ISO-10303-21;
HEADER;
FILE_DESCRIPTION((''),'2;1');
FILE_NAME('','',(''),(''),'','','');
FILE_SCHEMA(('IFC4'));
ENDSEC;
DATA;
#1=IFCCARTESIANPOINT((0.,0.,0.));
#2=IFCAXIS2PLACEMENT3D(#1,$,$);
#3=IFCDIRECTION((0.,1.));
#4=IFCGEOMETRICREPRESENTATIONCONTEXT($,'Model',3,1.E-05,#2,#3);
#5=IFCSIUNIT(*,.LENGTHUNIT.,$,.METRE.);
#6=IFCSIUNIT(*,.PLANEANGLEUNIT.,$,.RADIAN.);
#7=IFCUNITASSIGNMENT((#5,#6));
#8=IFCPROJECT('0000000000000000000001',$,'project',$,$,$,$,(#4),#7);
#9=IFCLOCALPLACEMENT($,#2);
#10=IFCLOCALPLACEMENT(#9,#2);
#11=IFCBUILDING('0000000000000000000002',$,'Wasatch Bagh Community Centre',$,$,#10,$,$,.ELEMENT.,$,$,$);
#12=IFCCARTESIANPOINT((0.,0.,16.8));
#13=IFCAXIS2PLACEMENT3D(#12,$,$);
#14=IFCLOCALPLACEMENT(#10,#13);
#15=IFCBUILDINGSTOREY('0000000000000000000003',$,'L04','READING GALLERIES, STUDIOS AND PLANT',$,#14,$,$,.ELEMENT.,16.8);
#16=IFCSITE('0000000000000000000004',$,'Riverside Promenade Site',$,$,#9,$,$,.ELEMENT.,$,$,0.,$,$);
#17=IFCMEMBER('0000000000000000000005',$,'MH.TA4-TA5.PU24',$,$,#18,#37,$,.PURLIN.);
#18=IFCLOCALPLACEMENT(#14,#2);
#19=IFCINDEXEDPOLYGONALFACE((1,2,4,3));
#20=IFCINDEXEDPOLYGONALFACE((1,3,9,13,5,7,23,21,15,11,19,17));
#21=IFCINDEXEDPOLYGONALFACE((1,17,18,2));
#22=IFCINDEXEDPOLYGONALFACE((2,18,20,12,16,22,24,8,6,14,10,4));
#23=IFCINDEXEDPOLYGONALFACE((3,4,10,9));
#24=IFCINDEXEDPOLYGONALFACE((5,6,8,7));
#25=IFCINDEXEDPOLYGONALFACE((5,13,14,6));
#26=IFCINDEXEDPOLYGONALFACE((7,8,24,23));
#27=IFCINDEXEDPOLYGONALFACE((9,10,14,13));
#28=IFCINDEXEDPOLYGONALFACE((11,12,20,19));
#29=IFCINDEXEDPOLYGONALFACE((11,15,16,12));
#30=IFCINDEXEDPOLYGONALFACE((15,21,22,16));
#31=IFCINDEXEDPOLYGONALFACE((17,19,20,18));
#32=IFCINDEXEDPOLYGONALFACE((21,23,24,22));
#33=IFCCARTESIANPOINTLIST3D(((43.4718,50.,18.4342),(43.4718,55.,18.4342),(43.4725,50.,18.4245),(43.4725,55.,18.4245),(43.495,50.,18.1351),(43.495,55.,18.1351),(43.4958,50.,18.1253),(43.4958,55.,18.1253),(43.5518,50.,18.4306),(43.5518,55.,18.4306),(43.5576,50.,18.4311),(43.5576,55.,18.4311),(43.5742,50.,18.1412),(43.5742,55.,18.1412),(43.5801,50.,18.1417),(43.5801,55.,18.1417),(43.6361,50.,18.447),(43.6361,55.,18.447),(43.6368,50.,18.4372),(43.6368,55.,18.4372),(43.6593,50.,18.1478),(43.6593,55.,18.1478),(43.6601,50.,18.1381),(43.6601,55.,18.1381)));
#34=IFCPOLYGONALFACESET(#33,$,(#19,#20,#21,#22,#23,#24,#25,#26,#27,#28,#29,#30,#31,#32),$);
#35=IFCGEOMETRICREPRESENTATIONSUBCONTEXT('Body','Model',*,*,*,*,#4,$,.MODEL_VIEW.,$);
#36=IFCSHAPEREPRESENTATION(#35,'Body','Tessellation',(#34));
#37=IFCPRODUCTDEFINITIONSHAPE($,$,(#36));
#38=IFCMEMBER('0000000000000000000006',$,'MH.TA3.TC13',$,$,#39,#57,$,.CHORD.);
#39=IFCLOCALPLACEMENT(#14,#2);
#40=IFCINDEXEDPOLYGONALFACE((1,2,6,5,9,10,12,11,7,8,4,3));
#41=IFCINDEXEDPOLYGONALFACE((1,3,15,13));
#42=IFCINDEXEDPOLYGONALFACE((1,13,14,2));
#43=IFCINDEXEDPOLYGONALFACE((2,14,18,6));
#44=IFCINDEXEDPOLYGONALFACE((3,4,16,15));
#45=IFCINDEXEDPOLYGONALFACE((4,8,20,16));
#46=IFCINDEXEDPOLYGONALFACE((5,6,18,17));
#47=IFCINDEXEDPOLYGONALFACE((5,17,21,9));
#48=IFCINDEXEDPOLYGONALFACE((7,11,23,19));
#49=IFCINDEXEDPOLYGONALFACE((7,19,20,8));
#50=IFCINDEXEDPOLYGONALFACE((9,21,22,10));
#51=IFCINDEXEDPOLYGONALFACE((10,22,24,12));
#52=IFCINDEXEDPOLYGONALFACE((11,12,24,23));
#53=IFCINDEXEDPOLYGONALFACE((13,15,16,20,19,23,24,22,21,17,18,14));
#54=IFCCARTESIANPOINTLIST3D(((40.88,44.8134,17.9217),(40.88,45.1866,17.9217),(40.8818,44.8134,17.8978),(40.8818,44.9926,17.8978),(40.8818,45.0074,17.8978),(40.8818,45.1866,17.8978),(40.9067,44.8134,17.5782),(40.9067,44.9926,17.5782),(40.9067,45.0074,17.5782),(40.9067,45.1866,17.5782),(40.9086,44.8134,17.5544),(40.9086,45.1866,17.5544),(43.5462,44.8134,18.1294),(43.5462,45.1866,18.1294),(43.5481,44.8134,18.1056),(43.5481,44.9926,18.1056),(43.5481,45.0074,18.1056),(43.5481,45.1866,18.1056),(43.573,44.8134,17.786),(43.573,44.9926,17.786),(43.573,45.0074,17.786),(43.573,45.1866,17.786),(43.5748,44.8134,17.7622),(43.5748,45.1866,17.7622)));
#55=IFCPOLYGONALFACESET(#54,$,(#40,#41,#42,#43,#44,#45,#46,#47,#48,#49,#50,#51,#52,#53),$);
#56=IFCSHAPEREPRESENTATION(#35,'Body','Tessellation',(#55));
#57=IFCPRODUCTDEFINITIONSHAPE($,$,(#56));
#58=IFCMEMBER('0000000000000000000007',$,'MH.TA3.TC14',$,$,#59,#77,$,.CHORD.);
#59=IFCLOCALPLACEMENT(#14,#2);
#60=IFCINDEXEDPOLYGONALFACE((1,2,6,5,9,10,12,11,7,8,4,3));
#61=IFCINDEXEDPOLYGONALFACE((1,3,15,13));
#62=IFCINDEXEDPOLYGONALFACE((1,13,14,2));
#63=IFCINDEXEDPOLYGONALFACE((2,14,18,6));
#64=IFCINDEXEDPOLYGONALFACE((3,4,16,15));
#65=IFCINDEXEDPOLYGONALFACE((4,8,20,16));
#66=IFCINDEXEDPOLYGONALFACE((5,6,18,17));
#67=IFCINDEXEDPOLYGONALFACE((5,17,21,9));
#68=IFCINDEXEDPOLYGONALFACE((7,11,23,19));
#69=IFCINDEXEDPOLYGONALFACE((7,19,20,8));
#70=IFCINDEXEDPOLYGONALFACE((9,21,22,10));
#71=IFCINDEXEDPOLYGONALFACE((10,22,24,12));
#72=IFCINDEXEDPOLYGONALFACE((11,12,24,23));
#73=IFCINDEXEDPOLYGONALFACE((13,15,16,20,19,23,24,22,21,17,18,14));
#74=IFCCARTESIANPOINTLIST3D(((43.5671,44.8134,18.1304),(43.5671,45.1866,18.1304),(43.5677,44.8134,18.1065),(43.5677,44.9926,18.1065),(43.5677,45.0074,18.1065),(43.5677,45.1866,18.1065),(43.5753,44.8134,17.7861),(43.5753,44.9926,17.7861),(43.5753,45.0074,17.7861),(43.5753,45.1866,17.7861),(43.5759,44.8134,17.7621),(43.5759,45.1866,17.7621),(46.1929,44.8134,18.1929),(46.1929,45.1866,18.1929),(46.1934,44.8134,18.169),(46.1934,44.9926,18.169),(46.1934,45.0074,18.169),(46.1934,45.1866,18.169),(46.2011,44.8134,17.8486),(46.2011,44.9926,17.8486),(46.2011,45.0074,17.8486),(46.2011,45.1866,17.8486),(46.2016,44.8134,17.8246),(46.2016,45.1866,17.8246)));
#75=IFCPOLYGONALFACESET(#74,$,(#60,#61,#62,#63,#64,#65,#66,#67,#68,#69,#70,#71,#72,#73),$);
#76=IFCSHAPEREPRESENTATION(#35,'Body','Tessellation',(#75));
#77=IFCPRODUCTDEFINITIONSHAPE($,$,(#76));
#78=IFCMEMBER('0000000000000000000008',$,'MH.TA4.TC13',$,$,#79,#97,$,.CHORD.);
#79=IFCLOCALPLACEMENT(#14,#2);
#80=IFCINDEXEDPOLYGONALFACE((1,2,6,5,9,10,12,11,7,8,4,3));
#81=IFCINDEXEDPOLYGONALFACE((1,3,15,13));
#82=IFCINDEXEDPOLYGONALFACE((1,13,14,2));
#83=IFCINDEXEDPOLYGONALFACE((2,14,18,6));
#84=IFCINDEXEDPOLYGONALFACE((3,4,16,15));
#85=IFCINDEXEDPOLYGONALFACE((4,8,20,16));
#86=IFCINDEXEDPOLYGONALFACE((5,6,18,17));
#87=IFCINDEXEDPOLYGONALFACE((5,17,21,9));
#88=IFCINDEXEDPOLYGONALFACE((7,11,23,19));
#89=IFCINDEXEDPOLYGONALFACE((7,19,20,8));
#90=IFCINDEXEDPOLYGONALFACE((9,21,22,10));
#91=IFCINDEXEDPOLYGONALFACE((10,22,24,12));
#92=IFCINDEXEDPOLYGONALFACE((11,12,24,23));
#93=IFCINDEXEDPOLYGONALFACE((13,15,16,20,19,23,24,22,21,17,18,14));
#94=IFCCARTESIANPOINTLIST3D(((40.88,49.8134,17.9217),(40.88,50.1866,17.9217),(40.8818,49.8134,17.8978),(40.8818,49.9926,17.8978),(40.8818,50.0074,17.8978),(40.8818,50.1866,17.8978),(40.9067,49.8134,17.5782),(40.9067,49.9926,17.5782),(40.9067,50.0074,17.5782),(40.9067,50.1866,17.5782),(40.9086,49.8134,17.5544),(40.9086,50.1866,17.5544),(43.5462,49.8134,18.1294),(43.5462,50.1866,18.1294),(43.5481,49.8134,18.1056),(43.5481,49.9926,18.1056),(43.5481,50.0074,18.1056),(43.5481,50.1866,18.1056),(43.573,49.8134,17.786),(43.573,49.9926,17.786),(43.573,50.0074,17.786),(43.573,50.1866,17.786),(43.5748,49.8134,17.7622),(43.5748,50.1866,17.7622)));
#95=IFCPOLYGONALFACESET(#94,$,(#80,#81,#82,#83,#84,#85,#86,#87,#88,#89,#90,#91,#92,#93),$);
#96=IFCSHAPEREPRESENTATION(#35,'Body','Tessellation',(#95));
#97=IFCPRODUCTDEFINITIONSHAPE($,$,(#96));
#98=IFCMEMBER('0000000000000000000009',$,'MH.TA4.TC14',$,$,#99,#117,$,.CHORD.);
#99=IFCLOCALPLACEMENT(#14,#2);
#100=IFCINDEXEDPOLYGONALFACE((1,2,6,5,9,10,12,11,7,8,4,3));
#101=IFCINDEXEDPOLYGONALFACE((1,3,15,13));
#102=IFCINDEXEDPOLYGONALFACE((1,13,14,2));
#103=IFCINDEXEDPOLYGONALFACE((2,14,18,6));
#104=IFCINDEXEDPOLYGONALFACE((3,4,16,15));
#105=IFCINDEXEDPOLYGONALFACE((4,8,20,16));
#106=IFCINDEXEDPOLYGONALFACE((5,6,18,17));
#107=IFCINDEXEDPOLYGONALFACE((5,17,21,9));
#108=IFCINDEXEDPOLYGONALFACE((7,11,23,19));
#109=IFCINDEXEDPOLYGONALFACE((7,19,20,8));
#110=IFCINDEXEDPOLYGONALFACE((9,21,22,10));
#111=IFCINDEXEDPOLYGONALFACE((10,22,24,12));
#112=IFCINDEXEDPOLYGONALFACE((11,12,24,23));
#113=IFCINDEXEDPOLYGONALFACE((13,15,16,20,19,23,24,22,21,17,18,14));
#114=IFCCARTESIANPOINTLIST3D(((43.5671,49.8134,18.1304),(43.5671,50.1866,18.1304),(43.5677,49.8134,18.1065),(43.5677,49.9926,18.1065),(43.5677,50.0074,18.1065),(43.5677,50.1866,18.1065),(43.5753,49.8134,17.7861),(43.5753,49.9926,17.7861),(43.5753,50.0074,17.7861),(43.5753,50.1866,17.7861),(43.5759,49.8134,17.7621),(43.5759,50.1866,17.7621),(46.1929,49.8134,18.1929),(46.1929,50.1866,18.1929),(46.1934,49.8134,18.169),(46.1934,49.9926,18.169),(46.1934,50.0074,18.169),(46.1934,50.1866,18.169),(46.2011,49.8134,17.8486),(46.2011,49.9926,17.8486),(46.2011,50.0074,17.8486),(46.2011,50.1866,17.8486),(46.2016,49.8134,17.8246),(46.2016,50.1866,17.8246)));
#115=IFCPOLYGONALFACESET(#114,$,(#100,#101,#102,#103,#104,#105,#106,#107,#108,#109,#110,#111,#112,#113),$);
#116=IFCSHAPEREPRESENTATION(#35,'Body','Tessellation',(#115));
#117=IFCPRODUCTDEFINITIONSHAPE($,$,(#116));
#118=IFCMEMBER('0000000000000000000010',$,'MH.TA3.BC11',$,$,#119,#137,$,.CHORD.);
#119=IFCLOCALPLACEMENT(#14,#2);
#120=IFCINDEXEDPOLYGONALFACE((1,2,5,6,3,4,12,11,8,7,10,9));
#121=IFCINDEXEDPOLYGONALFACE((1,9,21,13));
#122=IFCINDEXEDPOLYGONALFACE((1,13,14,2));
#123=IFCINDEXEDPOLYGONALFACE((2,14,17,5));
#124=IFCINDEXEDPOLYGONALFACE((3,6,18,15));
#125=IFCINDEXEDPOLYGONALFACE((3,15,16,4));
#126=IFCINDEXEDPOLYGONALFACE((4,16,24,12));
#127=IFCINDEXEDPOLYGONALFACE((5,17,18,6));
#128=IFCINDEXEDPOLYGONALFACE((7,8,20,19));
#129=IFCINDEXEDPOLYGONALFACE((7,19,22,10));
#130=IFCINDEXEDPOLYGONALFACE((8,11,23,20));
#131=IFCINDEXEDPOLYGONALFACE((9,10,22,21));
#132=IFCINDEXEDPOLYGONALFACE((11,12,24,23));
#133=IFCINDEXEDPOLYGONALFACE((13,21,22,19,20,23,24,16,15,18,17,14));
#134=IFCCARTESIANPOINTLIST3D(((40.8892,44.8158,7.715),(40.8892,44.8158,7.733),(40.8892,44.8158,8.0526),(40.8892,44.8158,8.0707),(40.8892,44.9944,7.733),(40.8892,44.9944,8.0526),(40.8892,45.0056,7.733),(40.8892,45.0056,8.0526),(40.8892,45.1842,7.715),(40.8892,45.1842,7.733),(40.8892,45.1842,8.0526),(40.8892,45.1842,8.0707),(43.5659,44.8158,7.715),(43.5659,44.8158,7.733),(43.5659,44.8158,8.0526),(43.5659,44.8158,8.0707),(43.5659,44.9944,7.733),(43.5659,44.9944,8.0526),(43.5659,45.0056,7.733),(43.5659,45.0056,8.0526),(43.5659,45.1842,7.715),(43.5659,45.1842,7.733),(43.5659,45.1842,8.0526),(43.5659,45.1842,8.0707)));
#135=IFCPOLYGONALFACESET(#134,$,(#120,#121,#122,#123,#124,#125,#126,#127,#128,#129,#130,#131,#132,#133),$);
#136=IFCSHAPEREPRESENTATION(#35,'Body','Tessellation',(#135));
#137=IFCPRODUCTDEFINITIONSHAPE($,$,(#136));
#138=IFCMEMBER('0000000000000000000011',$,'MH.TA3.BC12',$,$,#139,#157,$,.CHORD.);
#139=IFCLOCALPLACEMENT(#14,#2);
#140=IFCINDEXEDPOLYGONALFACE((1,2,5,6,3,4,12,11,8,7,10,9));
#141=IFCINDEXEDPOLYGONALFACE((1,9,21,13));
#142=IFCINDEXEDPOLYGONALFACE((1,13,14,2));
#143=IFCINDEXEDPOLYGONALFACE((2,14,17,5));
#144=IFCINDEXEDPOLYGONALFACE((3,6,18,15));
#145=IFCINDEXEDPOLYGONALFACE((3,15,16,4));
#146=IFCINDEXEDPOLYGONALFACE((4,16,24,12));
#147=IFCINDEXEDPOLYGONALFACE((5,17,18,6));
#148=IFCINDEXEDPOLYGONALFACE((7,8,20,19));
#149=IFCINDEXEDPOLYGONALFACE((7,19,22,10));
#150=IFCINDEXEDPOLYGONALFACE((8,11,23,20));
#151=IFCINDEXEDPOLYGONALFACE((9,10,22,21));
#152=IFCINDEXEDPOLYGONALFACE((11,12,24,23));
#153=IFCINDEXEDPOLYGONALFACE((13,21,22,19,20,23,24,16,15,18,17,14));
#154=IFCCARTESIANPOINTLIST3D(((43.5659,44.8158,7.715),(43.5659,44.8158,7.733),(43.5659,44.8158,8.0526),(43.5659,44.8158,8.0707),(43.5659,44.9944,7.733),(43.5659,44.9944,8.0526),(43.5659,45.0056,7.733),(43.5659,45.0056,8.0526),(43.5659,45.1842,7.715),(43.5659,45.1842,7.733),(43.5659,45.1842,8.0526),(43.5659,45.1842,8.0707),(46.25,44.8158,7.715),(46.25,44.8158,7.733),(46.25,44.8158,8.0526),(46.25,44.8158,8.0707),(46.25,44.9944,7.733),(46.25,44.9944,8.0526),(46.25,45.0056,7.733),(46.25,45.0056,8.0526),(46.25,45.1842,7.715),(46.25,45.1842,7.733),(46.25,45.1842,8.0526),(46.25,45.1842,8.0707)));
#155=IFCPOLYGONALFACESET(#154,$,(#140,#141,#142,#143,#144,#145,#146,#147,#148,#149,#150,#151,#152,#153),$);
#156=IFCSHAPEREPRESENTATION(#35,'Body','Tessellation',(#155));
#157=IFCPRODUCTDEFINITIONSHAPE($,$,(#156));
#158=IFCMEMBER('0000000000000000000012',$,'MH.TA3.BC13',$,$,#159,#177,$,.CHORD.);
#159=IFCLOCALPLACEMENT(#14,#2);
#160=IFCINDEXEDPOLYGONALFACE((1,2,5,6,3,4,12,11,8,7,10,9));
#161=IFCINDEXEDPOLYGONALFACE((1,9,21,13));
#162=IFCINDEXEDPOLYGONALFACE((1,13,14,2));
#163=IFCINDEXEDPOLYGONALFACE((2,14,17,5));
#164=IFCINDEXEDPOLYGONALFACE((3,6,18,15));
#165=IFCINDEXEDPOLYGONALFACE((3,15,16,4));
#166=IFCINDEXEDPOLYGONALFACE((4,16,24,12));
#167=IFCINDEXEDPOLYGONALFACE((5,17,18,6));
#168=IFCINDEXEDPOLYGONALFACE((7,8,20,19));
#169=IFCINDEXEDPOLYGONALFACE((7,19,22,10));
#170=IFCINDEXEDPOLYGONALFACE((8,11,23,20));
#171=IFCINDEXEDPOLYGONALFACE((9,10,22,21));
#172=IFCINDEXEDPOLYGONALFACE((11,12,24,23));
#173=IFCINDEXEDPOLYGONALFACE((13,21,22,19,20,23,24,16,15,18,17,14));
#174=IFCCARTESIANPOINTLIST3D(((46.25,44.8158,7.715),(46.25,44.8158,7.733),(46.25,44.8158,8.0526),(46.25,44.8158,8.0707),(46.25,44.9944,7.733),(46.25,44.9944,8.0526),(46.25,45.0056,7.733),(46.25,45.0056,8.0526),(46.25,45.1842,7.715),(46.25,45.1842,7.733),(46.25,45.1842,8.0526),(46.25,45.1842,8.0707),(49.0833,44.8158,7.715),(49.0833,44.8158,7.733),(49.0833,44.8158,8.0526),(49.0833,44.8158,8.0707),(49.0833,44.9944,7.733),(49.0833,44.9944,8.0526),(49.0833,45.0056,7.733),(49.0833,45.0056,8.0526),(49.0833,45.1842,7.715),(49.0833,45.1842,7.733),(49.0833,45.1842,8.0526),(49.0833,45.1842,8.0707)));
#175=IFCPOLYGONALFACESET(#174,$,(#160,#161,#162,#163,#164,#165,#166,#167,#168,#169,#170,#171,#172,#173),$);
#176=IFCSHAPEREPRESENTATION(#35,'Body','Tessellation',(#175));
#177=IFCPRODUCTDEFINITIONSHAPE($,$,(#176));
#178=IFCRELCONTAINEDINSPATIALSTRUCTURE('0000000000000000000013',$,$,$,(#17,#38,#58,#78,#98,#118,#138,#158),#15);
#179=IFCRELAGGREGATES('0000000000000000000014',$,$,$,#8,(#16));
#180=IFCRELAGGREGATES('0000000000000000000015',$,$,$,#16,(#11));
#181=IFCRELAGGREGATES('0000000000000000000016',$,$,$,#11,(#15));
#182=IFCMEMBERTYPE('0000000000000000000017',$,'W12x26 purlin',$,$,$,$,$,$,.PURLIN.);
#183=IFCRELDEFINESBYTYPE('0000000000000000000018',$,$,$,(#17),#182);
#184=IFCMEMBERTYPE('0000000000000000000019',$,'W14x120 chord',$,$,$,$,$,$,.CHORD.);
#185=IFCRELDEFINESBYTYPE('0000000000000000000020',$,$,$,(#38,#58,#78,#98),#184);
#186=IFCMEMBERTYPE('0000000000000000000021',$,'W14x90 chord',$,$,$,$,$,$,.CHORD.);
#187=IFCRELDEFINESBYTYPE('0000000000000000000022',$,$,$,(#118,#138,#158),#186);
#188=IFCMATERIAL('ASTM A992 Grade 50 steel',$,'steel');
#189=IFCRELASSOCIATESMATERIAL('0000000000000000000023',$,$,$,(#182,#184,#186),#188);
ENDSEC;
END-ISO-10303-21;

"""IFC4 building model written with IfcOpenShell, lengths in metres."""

from ifc_helpers import new_model, si_unit, direction, frame, origin, origin_2d, place, context, subcontext, project, spatial, i_section, extrude, material, material_profile, profile_set, type_object, element, save


model = new_model("IFC4")

# Units and contexts
model_context = context("Model", 3, precision=1e-05, world=origin(), true_north=direction((0.0, 1.0)))
body_context = subcontext(model_context, "Body", "Model", "MODEL_VIEW")
ifc_project = project(units=[si_unit("LENGTHUNIT", "METRE"), si_unit("PLANEANGLEUNIT", "RADIAN")], contexts=[model_context])

# Site, building, storey
site_placement = place(None, origin())
site = spatial("IfcSite", under=ifc_project, at=site_placement, Name="Riverside Promenade Site", CompositionType="ELEMENT", RefElevation=0.0)
building_placement = place(site_placement, origin())
building = spatial("IfcBuilding", under=site, at=building_placement, Name="Wasatch Bagh Community Centre", CompositionType="ELEMENT")
storey_placement = place(building_placement, frame((0.0, 0.0, 16.8)))
storey = spatial("IfcBuildingStorey", under=building, at=storey_placement, Name="L04", Description="READING GALLERIES, STUDIOS AND PLANT", CompositionType="ELEMENT", Elevation=16.8)

# Members
ifc_material_1 = material(Name="ASTM A992 Grade 50 steel", Category="steel")
ifc_material_profile_1 = material_profile(ifc_material_1, i_section(OverallWidth=0.1648, OverallDepth=0.3098, WebThickness=0.0059, FlangeThickness=0.0098, at=origin_2d()), Name="W12x26")
ifc_profile_set_1 = profile_set([ifc_material_profile_1], Name="ASTM A992 Grade 50 steel")
member_type_1 = type_object("IfcMemberType", Name="W12x26 purlin", PredefinedType="PURLIN", material=ifc_profile_set_1)
for number, where, z_axis, x_axis, name in (
    (1, (43.5659, 50.0, 18.2861), (0.0, 1.0, 0.0), (-0.997002, 0.0, -0.077382), "MH.TA4-TA5.PU24"),
):
    element("IfcMember", number, at=place(storey_placement, frame(where, z_axis=z_axis, x_axis=x_axis)), inside=storey, type_object=member_type_1, Name=name, PredefinedType="PURLIN", context=body_context, shape_type="SweptSolid", body=[
        extrude(i_section(OverallWidth=0.1648, OverallDepth=0.3098, WebThickness=0.0059, FlangeThickness=0.0098, at=origin_2d()), origin(), (0.0, 0.0, 1.0), 5.0),
    ])
ifc_material_profile_2 = material_profile(ifc_material_1, i_section(OverallWidth=0.3733, OverallDepth=0.3684, WebThickness=0.0149, FlangeThickness=0.0239, at=origin_2d()), Name="W14x120")
ifc_profile_set_2 = profile_set([ifc_material_profile_2], Name="ASTM A992 Grade 50 steel")
member_type_2 = type_object("IfcMemberType", Name="W14x120 chord", PredefinedType="CHORD", material=ifc_profile_set_2)
member_1_placement = place(storey_placement, frame((40.8943, 45.0, 17.738), z_axis=(0.996978, 0.0, 0.077688), x_axis=(0.0, 1.0, 0.0)))
element("IfcMember", 2, at=member_1_placement, inside=storey, type_object=member_type_2, Name="MH.TA3.TC13", PredefinedType="CHORD", context=body_context, shape_type="SweptSolid", body=[
    extrude(i_section(OverallWidth=0.3733, OverallDepth=0.3684, WebThickness=0.0149, FlangeThickness=0.0239, at=origin_2d()), origin(), (0.0, 0.0, 1.0), 2.6743),
])
member_2_placement = place(storey_placement, frame((43.5715, 45.0, 17.9463), z_axis=(0.999717, 0.0, 0.023796), x_axis=(0.0, 1.0, 0.0)))
element("IfcMember", 3, at=member_2_placement, inside=storey, type_object=member_type_2, Name="MH.TA3.TC14", PredefinedType="CHORD", context=body_context, shape_type="SweptSolid", body=[
    extrude(i_section(OverallWidth=0.3733, OverallDepth=0.3684, WebThickness=0.0149, FlangeThickness=0.0239, at=origin_2d()), origin(), (0.0, 0.0, 1.0), 2.6265),
])
member_3_placement = place(storey_placement, frame((40.8943, 50.0, 17.738), z_axis=(0.996978, 0.0, 0.077688), x_axis=(0.0, 1.0, 0.0)))
element("IfcMember", 4, at=member_3_placement, inside=storey, type_object=member_type_2, Name="MH.TA4.TC13", PredefinedType="CHORD", context=body_context, shape_type="SweptSolid", body=[
    extrude(i_section(OverallWidth=0.3733, OverallDepth=0.3684, WebThickness=0.0149, FlangeThickness=0.0239, at=origin_2d()), origin(), (0.0, 0.0, 1.0), 2.6743),
])
member_4_placement = place(storey_placement, frame((43.5715, 50.0, 17.9463), z_axis=(0.999717, 0.0, 0.023796), x_axis=(0.0, 1.0, 0.0)))
element("IfcMember", 5, at=member_4_placement, inside=storey, type_object=member_type_2, Name="MH.TA4.TC14", PredefinedType="CHORD", context=body_context, shape_type="SweptSolid", body=[
    extrude(i_section(OverallWidth=0.3733, OverallDepth=0.3684, WebThickness=0.0149, FlangeThickness=0.0239, at=origin_2d()), origin(), (0.0, 0.0, 1.0), 2.6265),
])
ifc_material_profile_3 = material_profile(ifc_material_1, i_section(OverallWidth=0.3684, OverallDepth=0.3557, WebThickness=0.0112, FlangeThickness=0.0181, at=origin_2d()), Name="W14x90")
ifc_profile_set_3 = profile_set([ifc_material_profile_3], Name="ASTM A992 Grade 50 steel")
member_type_3 = type_object("IfcMemberType", Name="W14x90 chord", PredefinedType="CHORD", material=ifc_profile_set_3)
member_5_placement = place(storey_placement, frame((40.8892, 45.0, 7.8928), z_axis=(1.0, 0.0, 0.0), x_axis=(0.0, 1.0, 0.0)))
element("IfcMember", 6, at=member_5_placement, inside=storey, type_object=member_type_3, Name="MH.TA3.BC11", PredefinedType="CHORD", context=body_context, shape_type="SweptSolid", body=[
    extrude(i_section(OverallWidth=0.3684, OverallDepth=0.3557, WebThickness=0.0112, FlangeThickness=0.0181, at=origin_2d()), origin(), (0.0, 0.0, 1.0), 2.6768),
])
member_6_placement = place(storey_placement, frame((43.5659, 45.0, 7.8928), z_axis=(1.0, 0.0, 0.0), x_axis=(0.0, 1.0, 0.0)))
element("IfcMember", 7, at=member_6_placement, inside=storey, type_object=member_type_3, Name="MH.TA3.BC12", PredefinedType="CHORD", context=body_context, shape_type="SweptSolid", body=[
    extrude(i_section(OverallWidth=0.3684, OverallDepth=0.3557, WebThickness=0.0112, FlangeThickness=0.0181, at=origin_2d()), origin(), (0.0, 0.0, 1.0), 2.6841),
])
member_7_placement = place(storey_placement, frame((46.25, 45.0, 7.8928), z_axis=(1.0, 0.0, 0.0), x_axis=(0.0, 1.0, 0.0)))
element("IfcMember", 8, at=member_7_placement, inside=storey, type_object=member_type_3, Name="MH.TA3.BC13", PredefinedType="CHORD", context=body_context, shape_type="SweptSolid", body=[
    extrude(i_section(OverallWidth=0.3684, OverallDepth=0.3557, WebThickness=0.0112, FlangeThickness=0.0181, at=origin_2d()), origin(), (0.0, 0.0, 1.0), 2.8333),
])

save(model, "model.ifc")
